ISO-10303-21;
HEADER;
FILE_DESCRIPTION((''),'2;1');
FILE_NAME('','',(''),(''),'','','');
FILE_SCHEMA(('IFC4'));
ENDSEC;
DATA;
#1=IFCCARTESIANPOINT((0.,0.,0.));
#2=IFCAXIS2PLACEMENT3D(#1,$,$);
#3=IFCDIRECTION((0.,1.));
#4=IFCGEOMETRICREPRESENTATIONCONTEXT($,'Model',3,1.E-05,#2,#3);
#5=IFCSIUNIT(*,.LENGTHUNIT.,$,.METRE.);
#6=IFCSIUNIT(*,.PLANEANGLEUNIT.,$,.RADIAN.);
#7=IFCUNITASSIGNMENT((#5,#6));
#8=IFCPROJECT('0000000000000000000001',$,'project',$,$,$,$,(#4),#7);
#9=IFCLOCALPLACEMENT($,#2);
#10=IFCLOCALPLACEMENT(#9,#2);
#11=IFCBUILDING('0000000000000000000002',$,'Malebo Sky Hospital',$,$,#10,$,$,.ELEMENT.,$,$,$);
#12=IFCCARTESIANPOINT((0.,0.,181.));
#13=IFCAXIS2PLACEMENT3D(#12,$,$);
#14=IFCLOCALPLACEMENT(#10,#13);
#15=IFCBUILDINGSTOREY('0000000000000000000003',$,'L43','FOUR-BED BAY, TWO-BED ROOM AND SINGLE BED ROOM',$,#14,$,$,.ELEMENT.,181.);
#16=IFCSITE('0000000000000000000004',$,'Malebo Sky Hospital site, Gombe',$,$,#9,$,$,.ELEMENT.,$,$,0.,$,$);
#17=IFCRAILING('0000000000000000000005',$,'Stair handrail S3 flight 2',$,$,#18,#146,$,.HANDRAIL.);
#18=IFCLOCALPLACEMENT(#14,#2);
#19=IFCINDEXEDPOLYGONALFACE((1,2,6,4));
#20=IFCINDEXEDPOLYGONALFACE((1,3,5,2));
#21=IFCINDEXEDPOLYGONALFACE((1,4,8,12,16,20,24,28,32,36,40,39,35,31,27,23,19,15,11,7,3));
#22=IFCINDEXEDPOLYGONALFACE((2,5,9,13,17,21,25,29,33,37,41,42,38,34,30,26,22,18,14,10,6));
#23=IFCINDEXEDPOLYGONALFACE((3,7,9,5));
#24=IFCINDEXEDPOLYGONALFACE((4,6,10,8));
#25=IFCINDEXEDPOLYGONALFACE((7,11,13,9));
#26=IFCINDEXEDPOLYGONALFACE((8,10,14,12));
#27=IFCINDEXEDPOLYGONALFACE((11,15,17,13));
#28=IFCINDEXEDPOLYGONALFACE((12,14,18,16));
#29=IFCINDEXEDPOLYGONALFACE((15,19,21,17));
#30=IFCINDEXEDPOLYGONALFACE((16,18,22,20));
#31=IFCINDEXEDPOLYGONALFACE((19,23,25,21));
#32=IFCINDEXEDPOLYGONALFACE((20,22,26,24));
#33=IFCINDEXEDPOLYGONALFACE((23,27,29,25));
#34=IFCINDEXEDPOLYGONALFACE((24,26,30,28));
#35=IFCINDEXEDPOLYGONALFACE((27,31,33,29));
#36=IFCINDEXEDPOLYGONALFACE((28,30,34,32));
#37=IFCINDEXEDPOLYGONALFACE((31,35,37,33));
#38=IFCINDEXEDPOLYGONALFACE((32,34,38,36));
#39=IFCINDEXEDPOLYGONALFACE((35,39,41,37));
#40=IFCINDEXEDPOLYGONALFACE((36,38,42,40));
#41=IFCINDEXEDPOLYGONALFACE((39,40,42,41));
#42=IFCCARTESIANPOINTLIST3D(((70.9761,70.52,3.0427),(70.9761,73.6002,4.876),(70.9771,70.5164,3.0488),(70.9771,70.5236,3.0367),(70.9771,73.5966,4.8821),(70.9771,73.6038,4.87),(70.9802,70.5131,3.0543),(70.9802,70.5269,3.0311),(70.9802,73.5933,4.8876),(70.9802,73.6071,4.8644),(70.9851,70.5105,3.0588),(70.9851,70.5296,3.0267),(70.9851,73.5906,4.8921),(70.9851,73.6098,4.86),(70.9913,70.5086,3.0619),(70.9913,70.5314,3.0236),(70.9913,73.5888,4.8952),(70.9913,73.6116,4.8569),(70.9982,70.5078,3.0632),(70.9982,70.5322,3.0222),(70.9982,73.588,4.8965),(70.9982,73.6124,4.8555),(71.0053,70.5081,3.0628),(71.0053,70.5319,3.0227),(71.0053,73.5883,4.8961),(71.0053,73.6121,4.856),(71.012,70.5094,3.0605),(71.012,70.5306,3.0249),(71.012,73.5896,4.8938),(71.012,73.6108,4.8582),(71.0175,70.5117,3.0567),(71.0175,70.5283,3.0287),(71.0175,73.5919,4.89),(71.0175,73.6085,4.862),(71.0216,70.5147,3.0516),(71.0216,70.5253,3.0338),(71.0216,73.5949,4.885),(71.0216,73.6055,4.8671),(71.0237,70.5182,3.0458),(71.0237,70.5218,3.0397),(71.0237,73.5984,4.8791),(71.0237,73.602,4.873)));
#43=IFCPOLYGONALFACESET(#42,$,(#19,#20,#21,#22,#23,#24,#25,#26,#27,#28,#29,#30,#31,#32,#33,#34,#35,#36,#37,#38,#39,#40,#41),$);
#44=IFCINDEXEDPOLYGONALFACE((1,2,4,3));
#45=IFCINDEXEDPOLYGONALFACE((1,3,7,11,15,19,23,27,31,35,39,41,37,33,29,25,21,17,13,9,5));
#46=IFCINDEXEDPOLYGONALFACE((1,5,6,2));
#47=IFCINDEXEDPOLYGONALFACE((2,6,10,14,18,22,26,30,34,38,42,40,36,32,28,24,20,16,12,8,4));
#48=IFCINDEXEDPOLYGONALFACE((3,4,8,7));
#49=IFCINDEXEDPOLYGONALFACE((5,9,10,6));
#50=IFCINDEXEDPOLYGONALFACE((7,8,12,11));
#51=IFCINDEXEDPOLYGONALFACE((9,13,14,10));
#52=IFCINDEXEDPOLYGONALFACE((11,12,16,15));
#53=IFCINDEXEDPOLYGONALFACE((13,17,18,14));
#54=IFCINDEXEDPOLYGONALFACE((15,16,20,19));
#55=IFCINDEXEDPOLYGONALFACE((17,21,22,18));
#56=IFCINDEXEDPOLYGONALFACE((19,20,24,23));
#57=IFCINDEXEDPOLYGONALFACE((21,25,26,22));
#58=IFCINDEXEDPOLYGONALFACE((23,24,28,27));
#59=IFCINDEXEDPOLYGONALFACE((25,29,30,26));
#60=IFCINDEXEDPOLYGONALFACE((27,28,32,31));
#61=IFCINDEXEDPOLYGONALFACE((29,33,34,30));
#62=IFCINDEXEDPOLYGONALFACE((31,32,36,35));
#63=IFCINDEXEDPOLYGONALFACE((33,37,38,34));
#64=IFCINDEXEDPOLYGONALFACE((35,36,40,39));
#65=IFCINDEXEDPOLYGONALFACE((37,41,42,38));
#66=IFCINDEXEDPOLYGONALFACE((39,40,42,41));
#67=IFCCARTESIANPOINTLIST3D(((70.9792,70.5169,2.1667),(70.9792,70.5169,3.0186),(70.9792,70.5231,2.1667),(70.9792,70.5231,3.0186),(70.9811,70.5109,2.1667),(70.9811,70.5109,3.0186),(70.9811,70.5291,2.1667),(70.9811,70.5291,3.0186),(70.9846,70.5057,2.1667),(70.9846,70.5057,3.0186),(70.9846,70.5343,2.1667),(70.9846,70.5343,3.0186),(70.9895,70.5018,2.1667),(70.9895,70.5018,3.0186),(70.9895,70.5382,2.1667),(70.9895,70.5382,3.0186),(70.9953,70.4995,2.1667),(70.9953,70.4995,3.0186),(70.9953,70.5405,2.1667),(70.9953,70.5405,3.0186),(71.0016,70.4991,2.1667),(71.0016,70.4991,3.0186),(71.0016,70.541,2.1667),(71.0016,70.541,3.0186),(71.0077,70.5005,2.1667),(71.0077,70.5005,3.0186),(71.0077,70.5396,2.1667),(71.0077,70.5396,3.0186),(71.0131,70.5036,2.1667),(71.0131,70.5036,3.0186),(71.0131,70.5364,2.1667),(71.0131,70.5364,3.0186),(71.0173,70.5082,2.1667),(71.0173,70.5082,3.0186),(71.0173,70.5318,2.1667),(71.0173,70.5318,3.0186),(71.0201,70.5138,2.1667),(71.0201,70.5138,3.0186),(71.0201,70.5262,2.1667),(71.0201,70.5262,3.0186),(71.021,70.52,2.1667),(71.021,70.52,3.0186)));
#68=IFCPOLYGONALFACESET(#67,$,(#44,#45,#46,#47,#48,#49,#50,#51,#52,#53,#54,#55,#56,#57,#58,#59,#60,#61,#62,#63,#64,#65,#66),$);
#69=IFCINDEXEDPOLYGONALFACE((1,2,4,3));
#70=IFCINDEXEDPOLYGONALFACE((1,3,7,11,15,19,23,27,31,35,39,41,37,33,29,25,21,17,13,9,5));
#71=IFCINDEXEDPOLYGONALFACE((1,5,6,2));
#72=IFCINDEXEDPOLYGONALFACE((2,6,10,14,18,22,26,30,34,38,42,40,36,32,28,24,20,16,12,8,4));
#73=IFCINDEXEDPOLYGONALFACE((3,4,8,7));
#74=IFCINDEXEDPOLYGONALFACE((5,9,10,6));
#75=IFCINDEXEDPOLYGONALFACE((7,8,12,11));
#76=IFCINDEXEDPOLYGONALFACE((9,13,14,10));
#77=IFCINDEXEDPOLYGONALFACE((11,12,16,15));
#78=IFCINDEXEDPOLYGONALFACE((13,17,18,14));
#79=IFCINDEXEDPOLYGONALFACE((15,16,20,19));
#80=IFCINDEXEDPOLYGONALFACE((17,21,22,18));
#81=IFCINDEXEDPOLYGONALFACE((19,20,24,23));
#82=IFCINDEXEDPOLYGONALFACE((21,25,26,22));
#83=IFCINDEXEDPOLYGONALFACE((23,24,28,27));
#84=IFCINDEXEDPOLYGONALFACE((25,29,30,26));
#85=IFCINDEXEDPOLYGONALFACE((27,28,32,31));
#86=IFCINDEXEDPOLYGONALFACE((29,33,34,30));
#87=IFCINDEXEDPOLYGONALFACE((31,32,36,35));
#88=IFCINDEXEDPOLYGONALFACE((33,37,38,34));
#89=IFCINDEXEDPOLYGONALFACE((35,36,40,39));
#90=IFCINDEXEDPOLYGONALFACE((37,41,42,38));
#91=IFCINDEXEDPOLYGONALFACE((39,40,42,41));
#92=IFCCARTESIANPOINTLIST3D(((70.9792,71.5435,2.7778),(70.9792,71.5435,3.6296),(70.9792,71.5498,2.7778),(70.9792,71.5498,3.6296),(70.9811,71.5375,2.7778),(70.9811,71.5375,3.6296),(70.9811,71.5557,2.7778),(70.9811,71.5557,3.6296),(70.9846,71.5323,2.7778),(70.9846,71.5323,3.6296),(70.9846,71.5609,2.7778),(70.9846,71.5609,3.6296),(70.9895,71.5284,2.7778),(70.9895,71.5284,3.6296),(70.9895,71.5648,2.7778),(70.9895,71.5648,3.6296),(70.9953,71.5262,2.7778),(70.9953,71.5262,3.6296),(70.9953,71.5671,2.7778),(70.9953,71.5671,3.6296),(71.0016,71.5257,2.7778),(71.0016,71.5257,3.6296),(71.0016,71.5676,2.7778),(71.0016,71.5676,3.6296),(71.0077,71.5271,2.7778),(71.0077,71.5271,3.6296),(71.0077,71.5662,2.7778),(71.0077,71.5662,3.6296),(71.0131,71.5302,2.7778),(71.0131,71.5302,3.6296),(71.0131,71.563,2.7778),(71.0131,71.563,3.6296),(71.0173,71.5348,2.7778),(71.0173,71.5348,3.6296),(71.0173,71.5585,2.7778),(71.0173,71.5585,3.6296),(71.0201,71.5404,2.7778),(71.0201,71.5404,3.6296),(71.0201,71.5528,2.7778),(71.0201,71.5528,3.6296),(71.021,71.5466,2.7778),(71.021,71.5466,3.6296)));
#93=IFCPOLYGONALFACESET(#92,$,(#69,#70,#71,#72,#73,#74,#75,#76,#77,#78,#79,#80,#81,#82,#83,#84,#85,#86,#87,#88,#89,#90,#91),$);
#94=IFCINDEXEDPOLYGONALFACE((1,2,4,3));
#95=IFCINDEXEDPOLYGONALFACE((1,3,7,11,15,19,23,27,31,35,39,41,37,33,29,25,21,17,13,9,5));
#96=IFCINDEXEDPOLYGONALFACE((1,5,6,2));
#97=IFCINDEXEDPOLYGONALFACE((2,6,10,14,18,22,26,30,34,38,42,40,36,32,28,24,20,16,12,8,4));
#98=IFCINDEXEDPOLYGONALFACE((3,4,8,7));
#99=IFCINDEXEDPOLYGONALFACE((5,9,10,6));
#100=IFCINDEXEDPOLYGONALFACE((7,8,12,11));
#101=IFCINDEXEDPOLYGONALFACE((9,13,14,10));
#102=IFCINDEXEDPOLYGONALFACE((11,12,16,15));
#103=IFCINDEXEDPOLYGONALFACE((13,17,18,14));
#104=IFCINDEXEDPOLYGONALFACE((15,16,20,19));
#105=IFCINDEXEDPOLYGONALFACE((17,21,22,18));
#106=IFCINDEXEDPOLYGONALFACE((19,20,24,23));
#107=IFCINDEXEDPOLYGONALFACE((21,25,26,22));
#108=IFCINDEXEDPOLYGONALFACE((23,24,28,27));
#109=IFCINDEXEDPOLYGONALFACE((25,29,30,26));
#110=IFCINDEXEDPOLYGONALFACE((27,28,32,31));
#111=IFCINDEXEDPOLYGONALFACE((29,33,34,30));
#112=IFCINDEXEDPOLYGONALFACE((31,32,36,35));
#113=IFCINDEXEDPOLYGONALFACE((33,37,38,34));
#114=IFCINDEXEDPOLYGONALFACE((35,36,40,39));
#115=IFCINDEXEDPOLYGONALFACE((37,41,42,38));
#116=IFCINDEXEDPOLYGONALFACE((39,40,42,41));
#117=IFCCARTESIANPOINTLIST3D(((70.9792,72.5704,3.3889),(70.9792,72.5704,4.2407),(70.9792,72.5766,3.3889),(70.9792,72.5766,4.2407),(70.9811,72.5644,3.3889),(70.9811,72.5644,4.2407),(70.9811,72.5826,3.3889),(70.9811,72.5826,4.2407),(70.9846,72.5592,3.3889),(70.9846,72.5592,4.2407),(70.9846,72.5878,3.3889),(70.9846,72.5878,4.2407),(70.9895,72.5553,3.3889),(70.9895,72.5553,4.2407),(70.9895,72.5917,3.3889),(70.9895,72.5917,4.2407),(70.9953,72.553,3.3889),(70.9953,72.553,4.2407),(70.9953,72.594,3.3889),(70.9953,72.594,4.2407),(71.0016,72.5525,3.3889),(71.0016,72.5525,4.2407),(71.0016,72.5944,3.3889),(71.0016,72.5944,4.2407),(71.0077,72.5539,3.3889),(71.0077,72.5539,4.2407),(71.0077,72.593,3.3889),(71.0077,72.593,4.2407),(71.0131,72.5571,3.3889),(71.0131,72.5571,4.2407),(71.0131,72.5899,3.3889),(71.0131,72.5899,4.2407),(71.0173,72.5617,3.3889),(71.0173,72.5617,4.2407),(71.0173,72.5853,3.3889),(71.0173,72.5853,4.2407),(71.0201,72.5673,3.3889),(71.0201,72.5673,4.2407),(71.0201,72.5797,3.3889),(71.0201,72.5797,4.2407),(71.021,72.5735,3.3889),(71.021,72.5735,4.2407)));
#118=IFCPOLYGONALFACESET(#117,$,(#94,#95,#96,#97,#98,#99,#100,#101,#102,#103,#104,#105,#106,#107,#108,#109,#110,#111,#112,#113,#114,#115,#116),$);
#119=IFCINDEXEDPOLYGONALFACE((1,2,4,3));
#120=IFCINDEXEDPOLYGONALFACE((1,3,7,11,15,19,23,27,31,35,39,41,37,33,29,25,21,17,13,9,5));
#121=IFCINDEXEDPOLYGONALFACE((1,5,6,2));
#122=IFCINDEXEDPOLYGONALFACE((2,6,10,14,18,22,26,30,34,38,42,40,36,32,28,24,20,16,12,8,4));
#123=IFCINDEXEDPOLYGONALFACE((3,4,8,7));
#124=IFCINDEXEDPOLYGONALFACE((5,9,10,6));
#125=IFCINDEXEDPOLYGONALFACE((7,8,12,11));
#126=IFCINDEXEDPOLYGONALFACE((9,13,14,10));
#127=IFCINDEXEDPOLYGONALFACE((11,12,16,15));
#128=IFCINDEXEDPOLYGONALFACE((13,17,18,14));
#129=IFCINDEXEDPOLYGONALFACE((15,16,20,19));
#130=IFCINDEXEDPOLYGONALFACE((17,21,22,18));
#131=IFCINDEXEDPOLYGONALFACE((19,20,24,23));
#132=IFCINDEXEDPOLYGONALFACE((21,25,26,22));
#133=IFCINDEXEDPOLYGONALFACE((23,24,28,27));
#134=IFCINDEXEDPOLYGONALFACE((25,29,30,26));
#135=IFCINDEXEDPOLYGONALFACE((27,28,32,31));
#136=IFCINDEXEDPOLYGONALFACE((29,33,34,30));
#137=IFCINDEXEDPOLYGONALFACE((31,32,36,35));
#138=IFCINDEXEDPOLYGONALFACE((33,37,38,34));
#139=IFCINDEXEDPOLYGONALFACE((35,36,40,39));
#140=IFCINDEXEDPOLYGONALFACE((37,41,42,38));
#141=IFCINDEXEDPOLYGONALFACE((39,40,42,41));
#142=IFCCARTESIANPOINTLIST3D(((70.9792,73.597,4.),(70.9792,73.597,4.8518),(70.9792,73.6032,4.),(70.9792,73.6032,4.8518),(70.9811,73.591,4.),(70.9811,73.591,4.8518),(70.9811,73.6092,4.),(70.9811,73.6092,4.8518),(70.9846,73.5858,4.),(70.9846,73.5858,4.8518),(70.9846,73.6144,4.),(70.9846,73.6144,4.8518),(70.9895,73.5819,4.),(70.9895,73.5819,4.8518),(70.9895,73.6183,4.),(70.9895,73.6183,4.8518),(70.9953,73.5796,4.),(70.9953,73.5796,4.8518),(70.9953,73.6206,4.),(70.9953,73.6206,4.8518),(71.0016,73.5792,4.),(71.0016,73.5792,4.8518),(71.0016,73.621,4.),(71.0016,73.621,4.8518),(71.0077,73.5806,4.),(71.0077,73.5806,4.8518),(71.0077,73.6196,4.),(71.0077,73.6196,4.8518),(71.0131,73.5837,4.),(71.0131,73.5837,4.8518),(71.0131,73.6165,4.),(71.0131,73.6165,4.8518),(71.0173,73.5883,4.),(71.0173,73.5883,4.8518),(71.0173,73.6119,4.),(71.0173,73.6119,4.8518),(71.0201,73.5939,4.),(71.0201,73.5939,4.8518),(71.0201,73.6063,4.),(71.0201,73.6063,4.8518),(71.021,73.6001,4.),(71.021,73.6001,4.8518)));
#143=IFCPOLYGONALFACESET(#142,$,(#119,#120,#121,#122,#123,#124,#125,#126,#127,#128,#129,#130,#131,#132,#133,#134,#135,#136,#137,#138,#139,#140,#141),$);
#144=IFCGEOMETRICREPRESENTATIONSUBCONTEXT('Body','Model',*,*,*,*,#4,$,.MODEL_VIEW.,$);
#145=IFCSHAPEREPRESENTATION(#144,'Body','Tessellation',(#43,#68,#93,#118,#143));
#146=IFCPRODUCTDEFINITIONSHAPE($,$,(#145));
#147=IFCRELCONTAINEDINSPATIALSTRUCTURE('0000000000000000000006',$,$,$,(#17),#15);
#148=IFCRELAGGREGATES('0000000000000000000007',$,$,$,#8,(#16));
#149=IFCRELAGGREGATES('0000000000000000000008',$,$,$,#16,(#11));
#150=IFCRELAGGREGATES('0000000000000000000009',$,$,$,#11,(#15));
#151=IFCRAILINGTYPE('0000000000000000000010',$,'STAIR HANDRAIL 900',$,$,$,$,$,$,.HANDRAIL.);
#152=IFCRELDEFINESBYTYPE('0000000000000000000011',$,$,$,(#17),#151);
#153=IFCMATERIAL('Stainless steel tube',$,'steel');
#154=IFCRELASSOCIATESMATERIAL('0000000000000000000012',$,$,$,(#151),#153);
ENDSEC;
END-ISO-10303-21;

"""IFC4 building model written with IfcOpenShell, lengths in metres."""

from ifc_helpers import new_model, si_unit, direction, frame, origin, origin_2d, place, context, subcontext, project, spatial, circle, extrude, material, type_object, element, save


model = new_model("IFC4")

# Units and contexts
model_context = context("Model", 3, precision=1e-05, world=origin(), true_north=direction((0.0, 1.0)))
body_context = subcontext(model_context, "Body", "Model", "MODEL_VIEW")
ifc_project = project(units=[si_unit("LENGTHUNIT", "METRE"), si_unit("PLANEANGLEUNIT", "RADIAN")], contexts=[model_context])

# Site, building, storey
site_placement = place(None, origin())
site = spatial("IfcSite", under=ifc_project, at=site_placement, Name="Malebo Sky Hospital site, Gombe", CompositionType="ELEMENT", RefElevation=0.0)
building_placement = place(site_placement, origin())
building = spatial("IfcBuilding", under=site, at=building_placement, Name="Malebo Sky Hospital", CompositionType="ELEMENT")
storey_placement = place(building_placement, frame((0.0, 0.0, 181.0)))
storey = spatial("IfcBuildingStorey", under=building, at=storey_placement, Name="L43", Description="FOUR-BED BAY, TWO-BED ROOM AND SINGLE BED ROOM", CompositionType="ELEMENT", Elevation=181.0)

# Railing
ifc_material_1 = material(Name="Stainless steel tube", Category="steel")
railing_type = type_object("IfcRailingType", Name="STAIR HANDRAIL 900", PredefinedType="HANDRAIL", material=ifc_material_1)
railing_1_placement = place(storey_placement, frame((71.0, 70.52, 2.1667)))
element("IfcRailing", 1, at=railing_1_placement, inside=storey, type_object=railing_type, Name="Stair handrail S3 flight 2", PredefinedType="HANDRAIL", context=body_context, shape_type="SweptSolid", body=[
    extrude(circle(Radius=0.0239, at=origin_2d()), frame((0.0, 0.0, 0.876), z_axis=(0.0, 0.859309, 0.511458), x_axis=(-1.0, 0.0, 0.0)), (0.0, 0.0, 1.0), 3.5845),
    extrude(circle(Radius=0.021, at=origin_2d()), origin(), (0.0, 0.0, 1.0), 0.8518),
    extrude(circle(Radius=0.021, at=origin_2d()), frame((0.0, 1.0266, 0.6111)), (0.0, 0.0, 1.0), 0.8518),
    extrude(circle(Radius=0.021, at=origin_2d()), frame((0.0, 2.0535, 1.2222)), (0.0, 0.0, 1.0), 0.8518),
    extrude(circle(Radius=0.021, at=origin_2d()), frame((0.0, 3.0801, 1.8333)), (0.0, 0.0, 1.0), 0.8518),
])

save(model, "model.ifc")
